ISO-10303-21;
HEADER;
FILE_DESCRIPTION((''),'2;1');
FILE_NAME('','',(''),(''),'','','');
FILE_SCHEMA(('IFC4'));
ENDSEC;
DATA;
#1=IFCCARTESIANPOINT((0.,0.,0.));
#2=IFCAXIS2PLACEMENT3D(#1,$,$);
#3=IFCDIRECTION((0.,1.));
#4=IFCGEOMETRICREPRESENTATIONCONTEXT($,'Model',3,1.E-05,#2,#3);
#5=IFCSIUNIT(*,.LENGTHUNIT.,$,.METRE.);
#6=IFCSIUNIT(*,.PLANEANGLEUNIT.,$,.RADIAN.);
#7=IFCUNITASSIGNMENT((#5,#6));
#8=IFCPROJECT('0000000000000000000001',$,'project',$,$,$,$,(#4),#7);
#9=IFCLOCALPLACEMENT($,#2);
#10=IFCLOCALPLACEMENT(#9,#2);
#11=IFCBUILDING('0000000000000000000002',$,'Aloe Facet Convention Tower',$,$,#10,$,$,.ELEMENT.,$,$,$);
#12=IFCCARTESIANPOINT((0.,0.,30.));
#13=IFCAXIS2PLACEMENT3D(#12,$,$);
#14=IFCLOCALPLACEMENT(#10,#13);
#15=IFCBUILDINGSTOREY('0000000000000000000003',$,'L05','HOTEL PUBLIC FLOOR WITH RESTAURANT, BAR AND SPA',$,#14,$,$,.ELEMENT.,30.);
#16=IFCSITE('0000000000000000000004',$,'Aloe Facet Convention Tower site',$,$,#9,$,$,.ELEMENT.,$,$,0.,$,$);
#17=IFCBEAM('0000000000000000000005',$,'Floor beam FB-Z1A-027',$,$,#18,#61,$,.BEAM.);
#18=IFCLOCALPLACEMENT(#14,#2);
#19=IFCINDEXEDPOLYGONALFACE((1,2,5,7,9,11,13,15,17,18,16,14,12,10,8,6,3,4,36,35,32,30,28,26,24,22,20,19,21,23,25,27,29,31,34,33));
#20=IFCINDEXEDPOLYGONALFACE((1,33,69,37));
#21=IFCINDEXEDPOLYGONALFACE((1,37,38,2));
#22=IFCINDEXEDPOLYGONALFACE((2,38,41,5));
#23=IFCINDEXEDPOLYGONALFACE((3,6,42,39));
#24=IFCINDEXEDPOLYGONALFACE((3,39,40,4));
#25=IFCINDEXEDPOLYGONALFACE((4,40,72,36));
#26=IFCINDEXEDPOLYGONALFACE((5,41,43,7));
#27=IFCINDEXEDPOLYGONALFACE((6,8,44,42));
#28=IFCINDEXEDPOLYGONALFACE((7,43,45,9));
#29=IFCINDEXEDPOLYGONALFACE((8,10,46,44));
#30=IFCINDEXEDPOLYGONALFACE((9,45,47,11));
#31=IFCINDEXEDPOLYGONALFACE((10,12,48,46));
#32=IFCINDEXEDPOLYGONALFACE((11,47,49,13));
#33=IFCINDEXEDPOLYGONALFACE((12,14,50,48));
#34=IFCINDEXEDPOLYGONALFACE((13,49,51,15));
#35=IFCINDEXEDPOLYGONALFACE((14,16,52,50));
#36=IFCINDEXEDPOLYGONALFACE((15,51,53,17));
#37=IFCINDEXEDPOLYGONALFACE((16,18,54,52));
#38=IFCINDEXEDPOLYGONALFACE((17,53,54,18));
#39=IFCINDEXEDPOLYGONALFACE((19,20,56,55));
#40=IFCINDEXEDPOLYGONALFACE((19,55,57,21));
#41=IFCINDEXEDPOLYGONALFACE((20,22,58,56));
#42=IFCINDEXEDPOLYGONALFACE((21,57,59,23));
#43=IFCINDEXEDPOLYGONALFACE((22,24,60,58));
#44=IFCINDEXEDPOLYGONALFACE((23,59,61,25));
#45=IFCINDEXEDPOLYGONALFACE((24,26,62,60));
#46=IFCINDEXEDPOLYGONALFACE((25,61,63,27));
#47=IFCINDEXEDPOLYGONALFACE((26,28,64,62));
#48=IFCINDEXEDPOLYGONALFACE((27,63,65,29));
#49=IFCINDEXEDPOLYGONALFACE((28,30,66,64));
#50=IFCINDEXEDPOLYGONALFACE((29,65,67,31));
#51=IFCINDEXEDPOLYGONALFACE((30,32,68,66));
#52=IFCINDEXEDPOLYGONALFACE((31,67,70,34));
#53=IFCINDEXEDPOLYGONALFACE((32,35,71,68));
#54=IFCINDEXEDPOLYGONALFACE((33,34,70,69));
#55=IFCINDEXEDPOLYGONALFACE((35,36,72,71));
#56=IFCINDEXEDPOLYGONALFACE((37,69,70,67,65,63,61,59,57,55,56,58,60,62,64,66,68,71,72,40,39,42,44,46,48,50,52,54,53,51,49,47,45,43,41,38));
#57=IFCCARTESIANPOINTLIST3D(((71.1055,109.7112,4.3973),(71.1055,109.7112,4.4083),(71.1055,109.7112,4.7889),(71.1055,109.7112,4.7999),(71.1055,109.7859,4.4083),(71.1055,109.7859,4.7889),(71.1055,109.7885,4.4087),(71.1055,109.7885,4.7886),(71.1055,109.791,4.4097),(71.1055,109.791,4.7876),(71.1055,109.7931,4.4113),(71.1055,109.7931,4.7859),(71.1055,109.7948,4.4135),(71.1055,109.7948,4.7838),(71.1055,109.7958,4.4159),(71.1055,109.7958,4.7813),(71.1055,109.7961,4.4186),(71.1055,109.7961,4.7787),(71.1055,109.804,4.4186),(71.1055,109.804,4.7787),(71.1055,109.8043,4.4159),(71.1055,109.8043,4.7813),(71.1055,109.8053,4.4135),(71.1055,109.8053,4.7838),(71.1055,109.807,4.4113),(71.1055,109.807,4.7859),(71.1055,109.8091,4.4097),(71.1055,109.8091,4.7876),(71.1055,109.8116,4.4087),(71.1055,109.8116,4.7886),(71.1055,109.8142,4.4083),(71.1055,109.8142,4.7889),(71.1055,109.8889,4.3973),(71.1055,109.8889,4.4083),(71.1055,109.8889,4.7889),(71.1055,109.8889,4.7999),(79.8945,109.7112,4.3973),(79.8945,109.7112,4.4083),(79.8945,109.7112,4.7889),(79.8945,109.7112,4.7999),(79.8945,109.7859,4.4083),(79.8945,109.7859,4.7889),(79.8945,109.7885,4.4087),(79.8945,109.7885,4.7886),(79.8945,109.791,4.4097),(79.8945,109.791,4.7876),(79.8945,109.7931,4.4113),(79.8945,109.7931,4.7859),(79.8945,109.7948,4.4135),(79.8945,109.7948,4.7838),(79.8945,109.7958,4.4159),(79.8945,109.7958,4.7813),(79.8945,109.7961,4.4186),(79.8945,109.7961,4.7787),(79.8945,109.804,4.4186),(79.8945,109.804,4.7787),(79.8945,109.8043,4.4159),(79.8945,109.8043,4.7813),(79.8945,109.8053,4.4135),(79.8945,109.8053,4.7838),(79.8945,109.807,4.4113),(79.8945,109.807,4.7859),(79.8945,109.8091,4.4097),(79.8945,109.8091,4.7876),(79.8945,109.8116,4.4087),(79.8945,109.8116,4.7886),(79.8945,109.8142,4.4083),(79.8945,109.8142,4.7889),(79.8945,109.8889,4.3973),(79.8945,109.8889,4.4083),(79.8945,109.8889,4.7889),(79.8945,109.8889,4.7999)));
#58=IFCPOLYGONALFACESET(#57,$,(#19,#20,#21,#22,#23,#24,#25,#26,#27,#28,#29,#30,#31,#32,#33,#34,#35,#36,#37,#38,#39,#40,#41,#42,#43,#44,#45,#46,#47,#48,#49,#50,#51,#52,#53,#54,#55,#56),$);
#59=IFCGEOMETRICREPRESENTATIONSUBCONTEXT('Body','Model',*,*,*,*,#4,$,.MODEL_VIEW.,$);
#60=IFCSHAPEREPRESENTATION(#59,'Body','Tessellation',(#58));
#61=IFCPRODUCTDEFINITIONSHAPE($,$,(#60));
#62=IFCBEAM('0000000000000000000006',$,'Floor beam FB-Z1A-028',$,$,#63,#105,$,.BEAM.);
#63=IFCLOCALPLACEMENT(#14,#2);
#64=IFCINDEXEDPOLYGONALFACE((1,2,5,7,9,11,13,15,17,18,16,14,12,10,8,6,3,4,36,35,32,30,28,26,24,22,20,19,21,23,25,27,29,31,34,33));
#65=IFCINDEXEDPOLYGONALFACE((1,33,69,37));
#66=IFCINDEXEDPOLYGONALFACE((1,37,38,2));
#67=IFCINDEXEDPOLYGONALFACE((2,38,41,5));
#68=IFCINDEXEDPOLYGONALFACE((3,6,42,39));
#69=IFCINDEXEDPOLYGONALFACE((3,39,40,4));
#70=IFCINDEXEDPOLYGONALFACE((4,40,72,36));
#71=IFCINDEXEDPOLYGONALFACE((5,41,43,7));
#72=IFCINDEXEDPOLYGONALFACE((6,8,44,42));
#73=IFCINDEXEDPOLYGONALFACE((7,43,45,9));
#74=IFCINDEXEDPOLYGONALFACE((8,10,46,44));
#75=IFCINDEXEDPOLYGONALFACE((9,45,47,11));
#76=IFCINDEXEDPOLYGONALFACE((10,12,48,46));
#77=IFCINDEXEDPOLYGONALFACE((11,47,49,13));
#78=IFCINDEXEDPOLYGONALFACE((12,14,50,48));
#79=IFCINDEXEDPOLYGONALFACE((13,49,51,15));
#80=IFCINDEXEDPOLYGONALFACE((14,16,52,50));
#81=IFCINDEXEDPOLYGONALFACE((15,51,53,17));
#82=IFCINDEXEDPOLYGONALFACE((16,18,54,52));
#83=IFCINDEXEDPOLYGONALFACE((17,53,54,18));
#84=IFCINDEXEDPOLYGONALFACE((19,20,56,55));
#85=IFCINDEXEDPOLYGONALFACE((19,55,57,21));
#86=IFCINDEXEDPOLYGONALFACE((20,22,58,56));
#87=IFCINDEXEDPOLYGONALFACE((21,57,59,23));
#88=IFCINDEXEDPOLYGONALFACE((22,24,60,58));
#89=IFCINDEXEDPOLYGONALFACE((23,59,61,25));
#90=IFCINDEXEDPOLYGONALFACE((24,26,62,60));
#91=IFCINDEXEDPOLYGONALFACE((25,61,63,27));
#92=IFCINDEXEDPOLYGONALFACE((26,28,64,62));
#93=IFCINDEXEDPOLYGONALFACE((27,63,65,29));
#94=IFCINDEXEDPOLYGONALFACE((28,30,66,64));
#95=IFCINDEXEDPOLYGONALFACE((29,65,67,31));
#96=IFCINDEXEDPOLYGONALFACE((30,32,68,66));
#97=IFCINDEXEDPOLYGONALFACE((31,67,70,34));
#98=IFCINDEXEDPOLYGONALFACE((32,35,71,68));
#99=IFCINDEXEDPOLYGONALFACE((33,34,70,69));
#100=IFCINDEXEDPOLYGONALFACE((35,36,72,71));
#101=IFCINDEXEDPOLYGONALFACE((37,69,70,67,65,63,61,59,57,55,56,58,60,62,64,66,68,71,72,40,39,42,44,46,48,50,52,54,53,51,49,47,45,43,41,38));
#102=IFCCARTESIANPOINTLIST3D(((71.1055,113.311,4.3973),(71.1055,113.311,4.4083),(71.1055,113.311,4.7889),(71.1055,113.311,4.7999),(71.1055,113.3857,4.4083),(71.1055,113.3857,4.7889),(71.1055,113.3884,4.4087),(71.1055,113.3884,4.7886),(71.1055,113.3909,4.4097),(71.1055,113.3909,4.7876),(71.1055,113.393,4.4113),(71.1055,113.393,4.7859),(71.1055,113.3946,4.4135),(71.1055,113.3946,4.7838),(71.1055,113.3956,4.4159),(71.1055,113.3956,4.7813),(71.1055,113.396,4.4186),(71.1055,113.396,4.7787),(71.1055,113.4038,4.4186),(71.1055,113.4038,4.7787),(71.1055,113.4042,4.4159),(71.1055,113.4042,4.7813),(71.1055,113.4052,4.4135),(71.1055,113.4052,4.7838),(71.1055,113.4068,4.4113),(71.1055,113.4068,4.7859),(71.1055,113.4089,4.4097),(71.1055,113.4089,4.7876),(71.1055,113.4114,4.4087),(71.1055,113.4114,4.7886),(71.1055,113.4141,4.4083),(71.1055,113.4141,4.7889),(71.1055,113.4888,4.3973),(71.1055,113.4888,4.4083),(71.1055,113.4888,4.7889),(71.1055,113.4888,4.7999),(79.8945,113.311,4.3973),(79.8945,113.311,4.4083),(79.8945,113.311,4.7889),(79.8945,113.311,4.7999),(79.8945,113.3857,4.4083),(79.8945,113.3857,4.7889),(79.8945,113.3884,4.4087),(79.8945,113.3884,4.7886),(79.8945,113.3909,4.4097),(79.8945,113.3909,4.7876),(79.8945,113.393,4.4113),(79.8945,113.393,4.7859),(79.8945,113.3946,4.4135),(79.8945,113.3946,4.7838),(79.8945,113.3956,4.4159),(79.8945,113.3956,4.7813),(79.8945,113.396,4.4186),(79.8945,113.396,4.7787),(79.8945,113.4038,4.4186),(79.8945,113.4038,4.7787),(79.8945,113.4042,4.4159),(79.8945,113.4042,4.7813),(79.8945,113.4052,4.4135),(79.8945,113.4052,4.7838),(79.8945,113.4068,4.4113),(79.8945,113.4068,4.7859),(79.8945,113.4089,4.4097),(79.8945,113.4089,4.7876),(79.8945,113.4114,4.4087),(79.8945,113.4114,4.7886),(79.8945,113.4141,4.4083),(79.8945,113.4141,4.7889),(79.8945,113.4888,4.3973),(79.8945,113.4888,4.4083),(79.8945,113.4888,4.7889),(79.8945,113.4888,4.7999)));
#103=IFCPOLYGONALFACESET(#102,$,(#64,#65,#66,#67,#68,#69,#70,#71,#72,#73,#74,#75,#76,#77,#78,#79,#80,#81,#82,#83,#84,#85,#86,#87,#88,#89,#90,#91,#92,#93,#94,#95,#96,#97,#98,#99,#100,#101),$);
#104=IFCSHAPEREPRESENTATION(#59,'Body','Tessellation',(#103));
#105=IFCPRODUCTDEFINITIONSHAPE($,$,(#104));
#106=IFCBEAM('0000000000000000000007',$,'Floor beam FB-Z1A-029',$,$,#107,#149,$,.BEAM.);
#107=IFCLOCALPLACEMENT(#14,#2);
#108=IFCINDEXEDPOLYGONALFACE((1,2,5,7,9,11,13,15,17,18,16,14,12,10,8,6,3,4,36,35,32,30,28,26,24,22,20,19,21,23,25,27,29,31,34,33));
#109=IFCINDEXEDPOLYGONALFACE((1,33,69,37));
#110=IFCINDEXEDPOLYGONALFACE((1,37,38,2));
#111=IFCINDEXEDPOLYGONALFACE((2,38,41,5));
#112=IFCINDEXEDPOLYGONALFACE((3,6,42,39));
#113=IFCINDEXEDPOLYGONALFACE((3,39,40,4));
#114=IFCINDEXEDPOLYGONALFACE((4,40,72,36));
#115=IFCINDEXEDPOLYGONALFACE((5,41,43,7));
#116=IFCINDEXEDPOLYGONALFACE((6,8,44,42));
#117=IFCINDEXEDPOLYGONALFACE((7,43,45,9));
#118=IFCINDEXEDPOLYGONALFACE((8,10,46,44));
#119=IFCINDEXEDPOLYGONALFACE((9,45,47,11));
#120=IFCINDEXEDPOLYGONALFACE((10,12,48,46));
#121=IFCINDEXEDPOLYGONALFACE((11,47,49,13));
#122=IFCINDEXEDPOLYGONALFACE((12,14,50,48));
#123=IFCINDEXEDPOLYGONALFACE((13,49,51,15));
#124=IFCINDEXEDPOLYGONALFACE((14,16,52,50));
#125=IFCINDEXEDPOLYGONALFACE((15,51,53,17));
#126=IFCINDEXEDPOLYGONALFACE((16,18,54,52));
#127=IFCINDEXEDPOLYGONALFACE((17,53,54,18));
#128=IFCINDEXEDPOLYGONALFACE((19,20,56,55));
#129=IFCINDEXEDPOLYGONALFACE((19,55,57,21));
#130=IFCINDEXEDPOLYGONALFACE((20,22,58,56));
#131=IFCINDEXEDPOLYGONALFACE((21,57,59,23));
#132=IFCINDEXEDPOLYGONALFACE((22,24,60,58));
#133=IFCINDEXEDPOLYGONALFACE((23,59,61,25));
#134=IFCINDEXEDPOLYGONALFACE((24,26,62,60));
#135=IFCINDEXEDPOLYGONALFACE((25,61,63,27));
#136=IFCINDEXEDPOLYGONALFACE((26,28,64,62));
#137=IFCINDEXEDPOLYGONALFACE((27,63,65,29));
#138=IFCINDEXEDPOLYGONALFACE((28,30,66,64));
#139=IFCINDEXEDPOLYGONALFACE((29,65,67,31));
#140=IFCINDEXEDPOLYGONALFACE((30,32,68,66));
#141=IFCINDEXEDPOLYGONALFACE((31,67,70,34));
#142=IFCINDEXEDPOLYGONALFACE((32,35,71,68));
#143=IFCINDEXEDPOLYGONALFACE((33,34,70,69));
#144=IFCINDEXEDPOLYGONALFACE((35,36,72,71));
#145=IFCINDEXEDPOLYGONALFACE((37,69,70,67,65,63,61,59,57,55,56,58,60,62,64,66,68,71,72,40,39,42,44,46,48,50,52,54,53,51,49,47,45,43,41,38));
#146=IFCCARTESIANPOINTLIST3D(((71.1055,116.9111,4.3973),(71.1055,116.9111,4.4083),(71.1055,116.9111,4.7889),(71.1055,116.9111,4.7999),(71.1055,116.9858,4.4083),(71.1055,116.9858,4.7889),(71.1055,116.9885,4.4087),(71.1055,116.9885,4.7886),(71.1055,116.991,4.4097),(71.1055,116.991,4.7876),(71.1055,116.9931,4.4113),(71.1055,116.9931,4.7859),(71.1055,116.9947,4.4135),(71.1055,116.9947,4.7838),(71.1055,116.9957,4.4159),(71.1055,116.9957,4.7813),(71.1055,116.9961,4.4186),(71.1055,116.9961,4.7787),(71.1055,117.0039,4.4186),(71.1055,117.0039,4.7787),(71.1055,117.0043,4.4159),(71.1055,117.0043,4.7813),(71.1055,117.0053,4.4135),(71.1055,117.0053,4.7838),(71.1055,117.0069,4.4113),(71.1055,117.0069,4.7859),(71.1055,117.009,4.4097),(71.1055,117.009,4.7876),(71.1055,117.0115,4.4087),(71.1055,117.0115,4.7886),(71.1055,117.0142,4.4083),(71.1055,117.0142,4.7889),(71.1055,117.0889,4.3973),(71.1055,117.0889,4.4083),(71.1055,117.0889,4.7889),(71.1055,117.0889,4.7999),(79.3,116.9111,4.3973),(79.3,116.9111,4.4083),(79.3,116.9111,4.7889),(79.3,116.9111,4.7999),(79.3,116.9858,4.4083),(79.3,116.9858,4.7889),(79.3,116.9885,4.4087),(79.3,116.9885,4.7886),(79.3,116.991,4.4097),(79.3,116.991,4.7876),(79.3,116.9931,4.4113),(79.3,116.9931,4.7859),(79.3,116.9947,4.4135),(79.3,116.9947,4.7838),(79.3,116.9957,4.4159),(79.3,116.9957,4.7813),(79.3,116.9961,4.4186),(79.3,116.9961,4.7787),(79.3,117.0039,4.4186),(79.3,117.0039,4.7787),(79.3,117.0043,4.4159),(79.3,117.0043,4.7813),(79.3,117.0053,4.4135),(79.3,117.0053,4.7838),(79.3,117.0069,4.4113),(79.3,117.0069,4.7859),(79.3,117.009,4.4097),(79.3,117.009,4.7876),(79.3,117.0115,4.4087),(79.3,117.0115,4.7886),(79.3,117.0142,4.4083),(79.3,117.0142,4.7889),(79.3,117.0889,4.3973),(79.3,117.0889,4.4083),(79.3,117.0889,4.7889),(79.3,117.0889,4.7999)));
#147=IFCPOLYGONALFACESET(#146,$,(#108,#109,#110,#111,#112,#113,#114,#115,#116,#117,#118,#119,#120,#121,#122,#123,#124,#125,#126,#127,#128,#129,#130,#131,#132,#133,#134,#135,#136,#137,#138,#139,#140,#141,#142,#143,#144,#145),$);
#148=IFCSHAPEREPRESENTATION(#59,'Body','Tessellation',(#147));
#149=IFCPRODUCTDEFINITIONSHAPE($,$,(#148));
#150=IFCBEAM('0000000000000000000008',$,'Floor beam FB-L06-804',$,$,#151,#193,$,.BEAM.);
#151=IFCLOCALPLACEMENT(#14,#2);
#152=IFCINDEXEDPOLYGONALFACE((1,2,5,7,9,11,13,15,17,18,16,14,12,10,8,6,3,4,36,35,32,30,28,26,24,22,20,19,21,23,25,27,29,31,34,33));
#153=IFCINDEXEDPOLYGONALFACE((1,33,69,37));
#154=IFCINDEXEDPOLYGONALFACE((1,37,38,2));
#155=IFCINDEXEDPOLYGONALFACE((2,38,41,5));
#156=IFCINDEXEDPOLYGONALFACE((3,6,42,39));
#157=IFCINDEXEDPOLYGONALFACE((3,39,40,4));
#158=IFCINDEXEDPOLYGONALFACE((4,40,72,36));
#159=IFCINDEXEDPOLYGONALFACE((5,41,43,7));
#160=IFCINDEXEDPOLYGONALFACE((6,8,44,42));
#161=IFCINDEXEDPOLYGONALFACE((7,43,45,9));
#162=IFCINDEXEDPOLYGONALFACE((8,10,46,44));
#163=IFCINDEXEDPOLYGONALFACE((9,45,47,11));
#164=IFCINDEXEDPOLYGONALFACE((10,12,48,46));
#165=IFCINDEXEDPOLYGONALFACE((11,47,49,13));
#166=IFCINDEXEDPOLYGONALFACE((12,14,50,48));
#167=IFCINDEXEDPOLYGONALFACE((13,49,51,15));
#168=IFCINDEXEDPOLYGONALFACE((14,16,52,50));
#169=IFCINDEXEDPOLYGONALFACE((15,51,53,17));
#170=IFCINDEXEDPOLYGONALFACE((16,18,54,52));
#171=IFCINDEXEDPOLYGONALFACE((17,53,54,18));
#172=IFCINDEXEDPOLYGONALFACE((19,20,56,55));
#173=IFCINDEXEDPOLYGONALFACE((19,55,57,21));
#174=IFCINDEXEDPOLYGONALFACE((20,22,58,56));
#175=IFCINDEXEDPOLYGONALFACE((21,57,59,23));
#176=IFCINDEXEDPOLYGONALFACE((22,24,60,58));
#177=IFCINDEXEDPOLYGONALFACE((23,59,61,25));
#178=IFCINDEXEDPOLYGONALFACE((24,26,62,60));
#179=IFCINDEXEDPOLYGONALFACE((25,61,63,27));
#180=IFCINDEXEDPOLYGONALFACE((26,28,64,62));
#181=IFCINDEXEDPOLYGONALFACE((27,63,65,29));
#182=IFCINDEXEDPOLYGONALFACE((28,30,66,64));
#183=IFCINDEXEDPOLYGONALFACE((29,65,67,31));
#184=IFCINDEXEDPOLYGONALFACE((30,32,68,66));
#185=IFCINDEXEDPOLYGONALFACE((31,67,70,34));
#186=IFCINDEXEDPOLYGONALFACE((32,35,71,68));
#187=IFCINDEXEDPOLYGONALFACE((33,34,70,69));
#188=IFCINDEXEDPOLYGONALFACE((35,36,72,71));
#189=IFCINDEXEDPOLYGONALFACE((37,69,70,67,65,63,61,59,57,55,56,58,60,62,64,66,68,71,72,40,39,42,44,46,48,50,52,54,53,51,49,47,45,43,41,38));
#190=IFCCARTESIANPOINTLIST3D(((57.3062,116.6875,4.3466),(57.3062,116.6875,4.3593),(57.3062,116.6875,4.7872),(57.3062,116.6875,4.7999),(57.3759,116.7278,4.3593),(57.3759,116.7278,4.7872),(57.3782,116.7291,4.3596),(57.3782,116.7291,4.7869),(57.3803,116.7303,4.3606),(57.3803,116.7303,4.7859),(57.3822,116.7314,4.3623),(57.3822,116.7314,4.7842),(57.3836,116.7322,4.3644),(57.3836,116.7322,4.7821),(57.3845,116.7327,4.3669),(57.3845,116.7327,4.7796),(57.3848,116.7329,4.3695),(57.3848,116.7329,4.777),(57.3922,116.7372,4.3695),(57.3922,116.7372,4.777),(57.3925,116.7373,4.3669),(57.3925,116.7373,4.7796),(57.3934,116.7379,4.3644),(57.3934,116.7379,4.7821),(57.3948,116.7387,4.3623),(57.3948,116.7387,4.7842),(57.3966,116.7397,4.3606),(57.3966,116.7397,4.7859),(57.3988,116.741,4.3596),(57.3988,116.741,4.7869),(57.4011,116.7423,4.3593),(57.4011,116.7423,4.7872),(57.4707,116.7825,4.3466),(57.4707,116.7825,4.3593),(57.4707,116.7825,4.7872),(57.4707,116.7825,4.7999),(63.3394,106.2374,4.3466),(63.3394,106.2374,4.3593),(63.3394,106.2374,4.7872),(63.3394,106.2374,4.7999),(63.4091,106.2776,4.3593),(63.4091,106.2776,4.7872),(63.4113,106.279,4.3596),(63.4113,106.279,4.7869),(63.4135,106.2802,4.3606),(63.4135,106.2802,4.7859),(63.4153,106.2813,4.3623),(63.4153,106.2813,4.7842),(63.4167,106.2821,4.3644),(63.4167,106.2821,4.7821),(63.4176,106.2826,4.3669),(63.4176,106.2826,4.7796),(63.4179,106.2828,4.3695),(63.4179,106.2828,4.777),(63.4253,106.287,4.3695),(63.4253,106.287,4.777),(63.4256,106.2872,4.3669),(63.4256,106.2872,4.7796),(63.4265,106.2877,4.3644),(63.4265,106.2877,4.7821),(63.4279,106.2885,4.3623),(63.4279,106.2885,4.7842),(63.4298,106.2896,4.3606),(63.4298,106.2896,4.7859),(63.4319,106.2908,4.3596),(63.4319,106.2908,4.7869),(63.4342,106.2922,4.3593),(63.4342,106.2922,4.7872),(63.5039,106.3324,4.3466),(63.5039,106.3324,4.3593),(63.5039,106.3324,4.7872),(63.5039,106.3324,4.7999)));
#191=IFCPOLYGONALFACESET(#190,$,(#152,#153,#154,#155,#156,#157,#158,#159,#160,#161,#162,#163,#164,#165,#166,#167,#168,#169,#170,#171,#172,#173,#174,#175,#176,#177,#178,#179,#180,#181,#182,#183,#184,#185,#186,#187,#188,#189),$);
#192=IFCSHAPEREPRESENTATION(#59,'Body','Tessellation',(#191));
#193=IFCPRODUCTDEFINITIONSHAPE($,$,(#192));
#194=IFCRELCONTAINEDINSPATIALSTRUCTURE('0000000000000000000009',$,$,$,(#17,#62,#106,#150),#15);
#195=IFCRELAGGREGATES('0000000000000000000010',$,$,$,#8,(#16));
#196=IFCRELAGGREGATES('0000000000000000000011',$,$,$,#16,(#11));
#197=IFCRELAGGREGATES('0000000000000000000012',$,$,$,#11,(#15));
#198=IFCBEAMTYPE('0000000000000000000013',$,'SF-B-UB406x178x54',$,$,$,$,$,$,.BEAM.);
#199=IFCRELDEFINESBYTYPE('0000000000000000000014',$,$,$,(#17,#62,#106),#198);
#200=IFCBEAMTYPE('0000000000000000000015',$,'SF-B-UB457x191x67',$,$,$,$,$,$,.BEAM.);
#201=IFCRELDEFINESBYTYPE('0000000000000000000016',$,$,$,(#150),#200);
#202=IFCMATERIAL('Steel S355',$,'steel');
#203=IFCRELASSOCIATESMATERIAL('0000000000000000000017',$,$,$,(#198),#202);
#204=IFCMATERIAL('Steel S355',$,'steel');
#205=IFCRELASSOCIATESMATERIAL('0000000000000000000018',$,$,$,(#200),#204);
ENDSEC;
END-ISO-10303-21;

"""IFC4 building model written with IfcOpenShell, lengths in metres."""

from ifc_helpers import new_model, si_unit, direction, frame, origin, origin_2d, place, context, subcontext, project, spatial, i_section, extrude, material, material_profile, profile_set, type_object, element, save


model = new_model("IFC4")

# Units and contexts
model_context = context("Model", 3, precision=1e-05, world=origin(), true_north=direction((0.0, 1.0)))
body_context = subcontext(model_context, "Body", "Model", "MODEL_VIEW")
ifc_project = project(units=[si_unit("LENGTHUNIT", "METRE"), si_unit("PLANEANGLEUNIT", "RADIAN")], contexts=[model_context])

# Site, building, storey
site_placement = place(None, origin())
site = spatial("IfcSite", under=ifc_project, at=site_placement, Name="Aloe Facet Convention Tower site", CompositionType="ELEMENT", RefElevation=0.0)
building_placement = place(site_placement, origin())
building = spatial("IfcBuilding", under=site, at=building_placement, Name="Aloe Facet Convention Tower", CompositionType="ELEMENT")
storey_placement = place(building_placement, frame((0.0, 0.0, 30.0)))
storey = spatial("IfcBuildingStorey", under=building, at=storey_placement, Name="L05", Description="HOTEL PUBLIC FLOOR WITH RESTAURANT, BAR AND SPA", CompositionType="ELEMENT", Elevation=30.0)

# Beams
ifc_material_1 = material(Name="Steel S355", Category="steel")
ifc_material_profile_1 = material_profile(ifc_material_1, i_section(OverallWidth=0.1777, OverallDepth=0.4026, WebThickness=0.0078, FlangeThickness=0.011, FilletRadius=0.0103, at=origin_2d()), Name="UB 406x178x54")
ifc_profile_set_1 = profile_set([ifc_material_profile_1], Name="Steel S355")
beam_type_1 = type_object("IfcBeamType", Name="SF-B-UB406x178x54", PredefinedType="BEAM", material=ifc_profile_set_1)
for number, where, z_axis, x_axis, name in (
    (1, (71.1055, 109.8, 4.5986), (1.0, 0.0, 0.0), (0.0, 1.0, 0.0), "Floor beam FB-Z1A-027"),
    (2, (71.1055, 113.3999, 4.5986), (1.0, 0.0, 0.0), (0.0, 1.0, 0.0), "Floor beam FB-Z1A-028"),
):
    element("IfcBeam", number, at=place(storey_placement, frame(where, z_axis=z_axis, x_axis=x_axis)), inside=storey, type_object=beam_type_1, Name=name, PredefinedType="BEAM", context=body_context, shape_type="SweptSolid", body=[
        extrude(i_section(OverallWidth=0.1777, OverallDepth=0.4026, WebThickness=0.0078, FlangeThickness=0.011, FilletRadius=0.0103, at=origin_2d()), origin(), (0.0, 0.0, 1.0), 8.7891),
    ])
beam_1_placement = place(storey_placement, frame((71.1055, 117.0, 4.5986), z_axis=(1.0, 0.0, 0.0), x_axis=(0.0, 1.0, 0.0)))
element("IfcBeam", 3, at=beam_1_placement, inside=storey, type_object=beam_type_1, Name="Floor beam FB-Z1A-029", PredefinedType="BEAM", context=body_context, shape_type="SweptSolid", body=[
    extrude(i_section(OverallWidth=0.1777, OverallDepth=0.4026, WebThickness=0.0078, FlangeThickness=0.011, FilletRadius=0.0103, at=origin_2d()), origin(), (0.0, 0.0, 1.0), 8.1946),
])
ifc_material_2 = material(Name="Steel S355", Category="steel")
ifc_material_profile_2 = material_profile(ifc_material_2, i_section(OverallWidth=0.1899, OverallDepth=0.4534, WebThickness=0.0085, FlangeThickness=0.0127, FilletRadius=0.0103, at=origin_2d()), Name="UB 457x191x67")
ifc_profile_set_2 = profile_set([ifc_material_profile_2], Name="Steel S355")
beam_type_2 = type_object("IfcBeamType", Name="SF-B-UB457x191x67", PredefinedType="BEAM", material=ifc_profile_set_2)
beam_2_placement = place(storey_placement, frame((63.4216, 106.2849, 4.5732), z_axis=(-0.499986, 0.866033, 0.0), x_axis=(-0.866033, -0.499986, 0.0)))
element("IfcBeam", 4, at=beam_2_placement, inside=storey, type_object=beam_type_2, Name="Floor beam FB-L06-804", PredefinedType="BEAM", context=body_context, shape_type="SweptSolid", body=[
    extrude(i_section(OverallWidth=0.1899, OverallDepth=0.4534, WebThickness=0.0085, FlangeThickness=0.0127, FilletRadius=0.0103, at=origin_2d()), origin(), (0.0, 0.0, 1.0), 12.0667),
])

save(model, "model.ifc")
